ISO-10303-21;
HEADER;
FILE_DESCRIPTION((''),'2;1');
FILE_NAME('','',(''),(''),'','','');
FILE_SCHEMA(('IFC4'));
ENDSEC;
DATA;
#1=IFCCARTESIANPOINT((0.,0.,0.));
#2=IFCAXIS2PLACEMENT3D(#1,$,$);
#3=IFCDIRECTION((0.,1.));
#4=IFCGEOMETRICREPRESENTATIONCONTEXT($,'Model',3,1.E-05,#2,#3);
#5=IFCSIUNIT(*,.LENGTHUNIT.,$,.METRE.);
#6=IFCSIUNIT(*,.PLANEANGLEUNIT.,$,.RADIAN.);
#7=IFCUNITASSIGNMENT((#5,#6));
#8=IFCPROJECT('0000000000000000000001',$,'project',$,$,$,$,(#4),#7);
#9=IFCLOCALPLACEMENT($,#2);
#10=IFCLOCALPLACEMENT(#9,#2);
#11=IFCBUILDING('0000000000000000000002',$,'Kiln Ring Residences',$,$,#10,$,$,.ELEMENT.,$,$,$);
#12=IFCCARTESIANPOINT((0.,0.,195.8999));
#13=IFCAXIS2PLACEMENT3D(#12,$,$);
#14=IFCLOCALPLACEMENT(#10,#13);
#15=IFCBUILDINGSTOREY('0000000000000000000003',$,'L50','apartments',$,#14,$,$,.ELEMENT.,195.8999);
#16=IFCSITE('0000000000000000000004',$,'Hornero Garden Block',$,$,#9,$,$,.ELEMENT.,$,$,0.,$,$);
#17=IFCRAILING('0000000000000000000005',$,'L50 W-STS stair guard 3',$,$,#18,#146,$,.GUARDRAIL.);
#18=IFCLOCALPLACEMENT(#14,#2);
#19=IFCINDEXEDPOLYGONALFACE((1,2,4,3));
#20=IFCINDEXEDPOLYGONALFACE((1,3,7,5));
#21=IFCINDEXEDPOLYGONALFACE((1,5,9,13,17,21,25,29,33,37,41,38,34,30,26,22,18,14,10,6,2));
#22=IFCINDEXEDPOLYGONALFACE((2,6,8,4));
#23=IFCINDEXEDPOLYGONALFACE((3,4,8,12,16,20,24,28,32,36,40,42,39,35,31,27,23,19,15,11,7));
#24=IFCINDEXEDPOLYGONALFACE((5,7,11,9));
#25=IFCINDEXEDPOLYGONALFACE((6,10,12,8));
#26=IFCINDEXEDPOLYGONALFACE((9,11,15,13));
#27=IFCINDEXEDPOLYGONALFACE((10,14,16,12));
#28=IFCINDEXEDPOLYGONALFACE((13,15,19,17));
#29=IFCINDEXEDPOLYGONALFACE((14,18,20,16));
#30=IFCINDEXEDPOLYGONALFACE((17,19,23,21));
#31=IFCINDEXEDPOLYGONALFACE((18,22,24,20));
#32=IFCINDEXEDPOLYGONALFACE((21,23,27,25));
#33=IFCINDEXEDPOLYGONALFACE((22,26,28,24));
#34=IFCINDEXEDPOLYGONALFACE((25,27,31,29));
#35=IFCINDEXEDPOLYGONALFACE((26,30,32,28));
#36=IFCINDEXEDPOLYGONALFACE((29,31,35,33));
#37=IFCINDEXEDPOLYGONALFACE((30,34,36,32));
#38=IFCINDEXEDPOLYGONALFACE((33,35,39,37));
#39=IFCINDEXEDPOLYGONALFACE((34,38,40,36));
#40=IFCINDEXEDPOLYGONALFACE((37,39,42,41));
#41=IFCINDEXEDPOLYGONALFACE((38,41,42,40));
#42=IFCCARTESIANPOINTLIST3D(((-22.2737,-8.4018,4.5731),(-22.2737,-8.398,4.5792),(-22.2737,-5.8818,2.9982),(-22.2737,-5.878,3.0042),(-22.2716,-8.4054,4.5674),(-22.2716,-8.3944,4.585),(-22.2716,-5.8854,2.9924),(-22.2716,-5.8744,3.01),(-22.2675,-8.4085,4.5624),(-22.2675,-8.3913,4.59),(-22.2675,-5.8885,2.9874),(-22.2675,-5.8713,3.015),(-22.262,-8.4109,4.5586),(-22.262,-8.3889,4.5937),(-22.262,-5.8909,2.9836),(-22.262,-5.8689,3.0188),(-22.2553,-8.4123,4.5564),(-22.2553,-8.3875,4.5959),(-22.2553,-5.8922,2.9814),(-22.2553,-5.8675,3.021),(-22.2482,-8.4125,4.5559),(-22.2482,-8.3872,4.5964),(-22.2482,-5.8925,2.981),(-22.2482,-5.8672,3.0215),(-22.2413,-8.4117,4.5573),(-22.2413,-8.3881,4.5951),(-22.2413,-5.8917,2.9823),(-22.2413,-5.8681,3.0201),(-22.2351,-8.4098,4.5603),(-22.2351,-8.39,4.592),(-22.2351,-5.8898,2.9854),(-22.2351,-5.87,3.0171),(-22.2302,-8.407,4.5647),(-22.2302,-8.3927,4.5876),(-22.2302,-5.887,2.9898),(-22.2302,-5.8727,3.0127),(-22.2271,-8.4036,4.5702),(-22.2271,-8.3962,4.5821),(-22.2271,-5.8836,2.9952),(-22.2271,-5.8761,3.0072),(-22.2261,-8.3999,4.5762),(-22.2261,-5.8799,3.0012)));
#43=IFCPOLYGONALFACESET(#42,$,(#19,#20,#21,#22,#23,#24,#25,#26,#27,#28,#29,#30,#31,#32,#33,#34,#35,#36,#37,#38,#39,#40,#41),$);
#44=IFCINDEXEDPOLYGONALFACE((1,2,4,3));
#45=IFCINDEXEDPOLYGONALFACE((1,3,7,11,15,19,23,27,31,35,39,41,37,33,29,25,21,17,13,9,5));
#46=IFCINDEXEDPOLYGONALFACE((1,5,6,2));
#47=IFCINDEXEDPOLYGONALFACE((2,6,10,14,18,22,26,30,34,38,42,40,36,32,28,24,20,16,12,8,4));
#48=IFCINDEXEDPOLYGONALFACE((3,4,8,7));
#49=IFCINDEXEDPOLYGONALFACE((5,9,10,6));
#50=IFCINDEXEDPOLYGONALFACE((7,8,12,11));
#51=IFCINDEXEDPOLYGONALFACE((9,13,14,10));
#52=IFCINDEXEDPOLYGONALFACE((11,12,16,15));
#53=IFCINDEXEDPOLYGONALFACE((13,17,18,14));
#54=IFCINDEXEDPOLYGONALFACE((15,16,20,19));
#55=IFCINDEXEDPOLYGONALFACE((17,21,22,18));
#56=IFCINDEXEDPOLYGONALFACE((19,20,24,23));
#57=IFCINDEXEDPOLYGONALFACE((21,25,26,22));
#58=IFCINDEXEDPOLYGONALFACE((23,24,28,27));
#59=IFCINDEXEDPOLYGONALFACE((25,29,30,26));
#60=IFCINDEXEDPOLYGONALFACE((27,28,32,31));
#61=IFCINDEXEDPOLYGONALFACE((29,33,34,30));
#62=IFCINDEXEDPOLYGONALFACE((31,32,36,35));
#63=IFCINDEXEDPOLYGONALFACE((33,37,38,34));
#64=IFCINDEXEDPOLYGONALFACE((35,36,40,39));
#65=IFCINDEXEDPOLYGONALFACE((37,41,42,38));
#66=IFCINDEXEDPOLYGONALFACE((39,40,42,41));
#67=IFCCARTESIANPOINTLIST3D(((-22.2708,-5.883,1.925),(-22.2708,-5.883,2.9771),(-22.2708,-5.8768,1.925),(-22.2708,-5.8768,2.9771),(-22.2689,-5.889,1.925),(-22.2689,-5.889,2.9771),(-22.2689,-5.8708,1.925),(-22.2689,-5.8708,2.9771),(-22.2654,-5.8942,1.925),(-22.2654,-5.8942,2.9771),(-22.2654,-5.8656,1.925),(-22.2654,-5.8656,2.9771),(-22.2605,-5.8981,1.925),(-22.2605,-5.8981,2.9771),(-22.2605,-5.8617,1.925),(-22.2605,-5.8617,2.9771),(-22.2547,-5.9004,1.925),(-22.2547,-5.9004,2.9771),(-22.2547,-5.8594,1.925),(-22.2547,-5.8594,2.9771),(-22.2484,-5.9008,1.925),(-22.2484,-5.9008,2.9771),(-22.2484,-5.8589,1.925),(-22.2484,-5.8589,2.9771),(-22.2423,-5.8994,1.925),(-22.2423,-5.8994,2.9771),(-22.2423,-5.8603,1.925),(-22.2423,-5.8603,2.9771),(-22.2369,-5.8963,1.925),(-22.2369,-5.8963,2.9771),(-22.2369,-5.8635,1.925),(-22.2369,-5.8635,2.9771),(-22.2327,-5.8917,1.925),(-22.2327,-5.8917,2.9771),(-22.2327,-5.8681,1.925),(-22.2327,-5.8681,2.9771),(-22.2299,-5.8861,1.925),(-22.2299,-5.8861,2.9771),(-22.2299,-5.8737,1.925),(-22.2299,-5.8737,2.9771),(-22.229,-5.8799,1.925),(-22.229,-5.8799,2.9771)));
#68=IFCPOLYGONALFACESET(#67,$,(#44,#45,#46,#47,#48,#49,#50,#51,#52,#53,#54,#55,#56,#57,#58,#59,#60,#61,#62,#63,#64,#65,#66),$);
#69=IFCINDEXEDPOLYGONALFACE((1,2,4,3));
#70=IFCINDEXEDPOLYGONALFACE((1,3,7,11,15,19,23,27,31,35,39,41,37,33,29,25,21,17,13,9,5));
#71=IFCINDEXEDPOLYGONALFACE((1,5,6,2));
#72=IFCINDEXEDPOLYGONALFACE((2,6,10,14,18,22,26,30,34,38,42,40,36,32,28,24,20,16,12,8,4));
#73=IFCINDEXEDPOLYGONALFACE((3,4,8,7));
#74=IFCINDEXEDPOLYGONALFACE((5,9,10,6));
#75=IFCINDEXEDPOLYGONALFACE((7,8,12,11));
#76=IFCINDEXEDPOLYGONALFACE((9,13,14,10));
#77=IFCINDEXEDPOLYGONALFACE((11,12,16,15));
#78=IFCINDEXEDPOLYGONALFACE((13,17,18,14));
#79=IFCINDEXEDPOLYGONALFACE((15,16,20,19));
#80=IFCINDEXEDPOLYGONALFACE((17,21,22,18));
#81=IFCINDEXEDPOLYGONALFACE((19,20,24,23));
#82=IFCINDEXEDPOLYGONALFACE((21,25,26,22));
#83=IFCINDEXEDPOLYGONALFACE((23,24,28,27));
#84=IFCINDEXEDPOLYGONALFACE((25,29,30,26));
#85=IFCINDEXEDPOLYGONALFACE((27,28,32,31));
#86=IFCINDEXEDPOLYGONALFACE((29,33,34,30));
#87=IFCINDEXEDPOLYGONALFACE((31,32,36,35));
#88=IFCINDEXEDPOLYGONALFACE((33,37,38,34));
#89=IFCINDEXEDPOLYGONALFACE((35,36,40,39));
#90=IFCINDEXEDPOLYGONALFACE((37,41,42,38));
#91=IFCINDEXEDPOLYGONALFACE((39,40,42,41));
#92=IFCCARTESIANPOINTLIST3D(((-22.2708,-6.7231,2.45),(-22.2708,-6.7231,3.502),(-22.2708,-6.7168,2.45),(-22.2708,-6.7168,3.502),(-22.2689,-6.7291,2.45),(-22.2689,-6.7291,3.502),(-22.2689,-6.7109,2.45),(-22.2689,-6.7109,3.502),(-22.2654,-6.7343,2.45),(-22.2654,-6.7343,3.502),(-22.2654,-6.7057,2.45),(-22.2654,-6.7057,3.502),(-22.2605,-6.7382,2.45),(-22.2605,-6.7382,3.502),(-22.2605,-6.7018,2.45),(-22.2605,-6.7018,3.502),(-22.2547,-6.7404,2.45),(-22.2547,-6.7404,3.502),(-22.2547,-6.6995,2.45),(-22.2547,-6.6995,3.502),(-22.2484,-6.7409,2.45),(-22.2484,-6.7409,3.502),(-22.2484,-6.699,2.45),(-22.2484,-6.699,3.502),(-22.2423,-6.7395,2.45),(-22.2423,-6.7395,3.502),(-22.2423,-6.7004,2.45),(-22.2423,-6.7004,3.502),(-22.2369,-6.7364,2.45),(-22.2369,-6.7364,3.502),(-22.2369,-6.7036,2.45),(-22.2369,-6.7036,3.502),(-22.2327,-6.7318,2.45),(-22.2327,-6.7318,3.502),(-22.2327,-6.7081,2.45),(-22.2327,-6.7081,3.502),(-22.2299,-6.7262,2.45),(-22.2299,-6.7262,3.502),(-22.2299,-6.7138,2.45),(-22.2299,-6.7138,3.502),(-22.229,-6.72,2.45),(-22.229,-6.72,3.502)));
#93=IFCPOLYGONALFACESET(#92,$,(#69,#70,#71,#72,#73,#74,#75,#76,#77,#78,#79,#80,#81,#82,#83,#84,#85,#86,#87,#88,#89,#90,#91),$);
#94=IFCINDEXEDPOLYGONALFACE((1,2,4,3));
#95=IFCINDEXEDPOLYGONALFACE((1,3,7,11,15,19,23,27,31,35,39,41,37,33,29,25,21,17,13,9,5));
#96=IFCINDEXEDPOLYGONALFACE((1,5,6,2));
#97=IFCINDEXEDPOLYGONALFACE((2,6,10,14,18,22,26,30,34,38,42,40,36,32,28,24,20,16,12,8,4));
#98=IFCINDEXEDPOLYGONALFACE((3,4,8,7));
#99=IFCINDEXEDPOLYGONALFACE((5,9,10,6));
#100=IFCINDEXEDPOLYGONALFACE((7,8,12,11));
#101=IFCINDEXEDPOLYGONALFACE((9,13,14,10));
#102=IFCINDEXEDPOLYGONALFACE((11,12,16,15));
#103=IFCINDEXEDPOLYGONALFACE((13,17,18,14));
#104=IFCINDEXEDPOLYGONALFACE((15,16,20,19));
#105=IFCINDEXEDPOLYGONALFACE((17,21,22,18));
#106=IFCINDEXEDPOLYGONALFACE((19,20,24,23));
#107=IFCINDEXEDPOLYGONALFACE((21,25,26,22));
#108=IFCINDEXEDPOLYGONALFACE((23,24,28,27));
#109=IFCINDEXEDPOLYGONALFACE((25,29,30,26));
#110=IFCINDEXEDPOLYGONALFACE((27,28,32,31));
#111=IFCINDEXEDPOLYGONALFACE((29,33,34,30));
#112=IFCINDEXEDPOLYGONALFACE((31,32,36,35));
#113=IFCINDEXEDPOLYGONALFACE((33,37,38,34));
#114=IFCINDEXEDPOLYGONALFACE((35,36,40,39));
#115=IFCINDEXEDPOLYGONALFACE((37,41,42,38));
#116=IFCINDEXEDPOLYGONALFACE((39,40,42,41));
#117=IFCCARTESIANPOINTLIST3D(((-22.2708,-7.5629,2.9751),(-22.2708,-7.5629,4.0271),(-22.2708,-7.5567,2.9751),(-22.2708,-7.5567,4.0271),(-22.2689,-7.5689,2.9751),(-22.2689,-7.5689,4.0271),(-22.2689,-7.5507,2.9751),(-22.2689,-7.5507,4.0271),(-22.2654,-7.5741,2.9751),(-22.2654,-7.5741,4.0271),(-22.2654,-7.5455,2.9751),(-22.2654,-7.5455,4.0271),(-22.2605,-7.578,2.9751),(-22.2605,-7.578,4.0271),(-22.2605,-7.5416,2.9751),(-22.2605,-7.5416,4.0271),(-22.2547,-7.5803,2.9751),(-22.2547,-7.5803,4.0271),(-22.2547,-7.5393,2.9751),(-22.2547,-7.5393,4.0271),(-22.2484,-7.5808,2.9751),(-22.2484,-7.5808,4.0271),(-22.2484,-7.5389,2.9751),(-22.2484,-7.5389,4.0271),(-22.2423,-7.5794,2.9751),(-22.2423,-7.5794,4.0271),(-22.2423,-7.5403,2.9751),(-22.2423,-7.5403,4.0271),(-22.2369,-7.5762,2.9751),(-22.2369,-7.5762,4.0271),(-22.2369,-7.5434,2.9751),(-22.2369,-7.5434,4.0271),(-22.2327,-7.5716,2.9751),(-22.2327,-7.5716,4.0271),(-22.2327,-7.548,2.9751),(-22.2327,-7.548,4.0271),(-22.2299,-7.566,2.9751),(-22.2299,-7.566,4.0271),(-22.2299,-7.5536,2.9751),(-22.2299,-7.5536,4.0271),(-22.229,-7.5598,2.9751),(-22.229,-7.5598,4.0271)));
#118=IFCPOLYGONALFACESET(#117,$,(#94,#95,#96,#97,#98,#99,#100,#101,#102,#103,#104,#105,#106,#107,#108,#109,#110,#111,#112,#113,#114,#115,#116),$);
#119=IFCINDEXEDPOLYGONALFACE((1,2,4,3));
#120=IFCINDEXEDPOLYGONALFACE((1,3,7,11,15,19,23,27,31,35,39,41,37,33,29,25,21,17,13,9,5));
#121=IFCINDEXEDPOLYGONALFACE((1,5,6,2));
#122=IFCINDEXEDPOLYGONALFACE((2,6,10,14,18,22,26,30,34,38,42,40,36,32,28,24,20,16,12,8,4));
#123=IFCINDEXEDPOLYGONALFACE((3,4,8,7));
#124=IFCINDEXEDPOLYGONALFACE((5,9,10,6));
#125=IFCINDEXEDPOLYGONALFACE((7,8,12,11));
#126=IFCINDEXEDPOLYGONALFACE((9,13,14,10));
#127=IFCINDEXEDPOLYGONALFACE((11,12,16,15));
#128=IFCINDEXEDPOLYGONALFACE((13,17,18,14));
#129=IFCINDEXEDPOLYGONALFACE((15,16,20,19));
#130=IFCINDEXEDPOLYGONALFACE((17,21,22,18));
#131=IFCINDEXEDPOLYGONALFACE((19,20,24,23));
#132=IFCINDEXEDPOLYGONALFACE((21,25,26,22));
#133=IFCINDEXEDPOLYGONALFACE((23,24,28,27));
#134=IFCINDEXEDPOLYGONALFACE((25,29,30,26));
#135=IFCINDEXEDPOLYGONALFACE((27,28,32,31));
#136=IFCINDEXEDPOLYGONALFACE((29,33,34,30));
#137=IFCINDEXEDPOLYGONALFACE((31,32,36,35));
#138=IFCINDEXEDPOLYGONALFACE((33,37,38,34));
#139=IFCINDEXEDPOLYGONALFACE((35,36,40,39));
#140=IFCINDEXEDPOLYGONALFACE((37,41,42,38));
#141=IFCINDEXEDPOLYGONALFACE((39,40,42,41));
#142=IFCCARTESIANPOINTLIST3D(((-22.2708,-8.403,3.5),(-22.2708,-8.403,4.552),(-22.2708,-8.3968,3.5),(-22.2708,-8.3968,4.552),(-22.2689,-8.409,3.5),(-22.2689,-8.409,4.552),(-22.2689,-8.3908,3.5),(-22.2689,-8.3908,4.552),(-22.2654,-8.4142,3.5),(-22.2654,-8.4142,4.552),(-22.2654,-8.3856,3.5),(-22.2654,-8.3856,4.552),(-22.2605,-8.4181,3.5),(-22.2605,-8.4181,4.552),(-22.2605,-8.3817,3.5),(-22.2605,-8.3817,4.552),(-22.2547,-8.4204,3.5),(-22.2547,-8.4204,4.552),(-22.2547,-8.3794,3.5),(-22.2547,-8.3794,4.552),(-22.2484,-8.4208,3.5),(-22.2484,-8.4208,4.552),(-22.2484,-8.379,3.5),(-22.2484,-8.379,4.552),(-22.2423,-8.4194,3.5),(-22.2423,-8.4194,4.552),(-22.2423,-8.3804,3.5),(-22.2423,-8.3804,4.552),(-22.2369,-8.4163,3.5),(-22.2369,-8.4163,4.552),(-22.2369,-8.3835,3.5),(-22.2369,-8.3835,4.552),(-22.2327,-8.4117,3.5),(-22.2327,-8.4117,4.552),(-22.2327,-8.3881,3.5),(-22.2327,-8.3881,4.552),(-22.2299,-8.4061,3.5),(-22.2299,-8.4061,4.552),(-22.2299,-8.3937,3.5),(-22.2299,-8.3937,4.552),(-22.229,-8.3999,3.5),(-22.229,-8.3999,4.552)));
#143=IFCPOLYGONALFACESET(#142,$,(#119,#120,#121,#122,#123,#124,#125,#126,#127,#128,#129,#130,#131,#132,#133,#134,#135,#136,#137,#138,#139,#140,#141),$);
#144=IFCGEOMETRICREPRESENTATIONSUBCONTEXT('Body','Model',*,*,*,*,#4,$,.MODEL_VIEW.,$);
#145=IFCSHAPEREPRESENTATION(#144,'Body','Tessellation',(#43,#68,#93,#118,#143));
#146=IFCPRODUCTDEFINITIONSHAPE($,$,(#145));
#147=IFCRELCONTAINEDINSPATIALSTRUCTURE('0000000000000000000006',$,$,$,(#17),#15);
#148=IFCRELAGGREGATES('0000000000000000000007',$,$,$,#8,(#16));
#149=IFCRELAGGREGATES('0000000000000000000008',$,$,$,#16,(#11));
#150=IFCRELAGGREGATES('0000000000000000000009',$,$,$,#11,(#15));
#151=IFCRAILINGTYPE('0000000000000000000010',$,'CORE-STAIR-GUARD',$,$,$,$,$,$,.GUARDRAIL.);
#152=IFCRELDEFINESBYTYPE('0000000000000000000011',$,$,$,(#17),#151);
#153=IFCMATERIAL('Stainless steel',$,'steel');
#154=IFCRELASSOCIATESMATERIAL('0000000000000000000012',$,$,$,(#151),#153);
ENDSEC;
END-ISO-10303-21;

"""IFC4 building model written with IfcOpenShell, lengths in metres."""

from ifc_helpers import new_model, si_unit, direction, frame, origin, origin_2d, place, context, subcontext, project, spatial, circle, extrude, material, type_object, element, save


model = new_model("IFC4")

# Units and contexts
model_context = context("Model", 3, precision=1e-05, world=origin(), true_north=direction((0.0, 1.0)))
body_context = subcontext(model_context, "Body", "Model", "MODEL_VIEW")
ifc_project = project(units=[si_unit("LENGTHUNIT", "METRE"), si_unit("PLANEANGLEUNIT", "RADIAN")], contexts=[model_context])

# Site, building, storey
site_placement = place(None, origin())
site = spatial("IfcSite", under=ifc_project, at=site_placement, Name="Hornero Garden Block", CompositionType="ELEMENT", RefElevation=0.0)
building_placement = place(site_placement, origin())
building = spatial("IfcBuilding", under=site, at=building_placement, Name="Kiln Ring Residences", CompositionType="ELEMENT")
storey_placement = place(building_placement, frame((0.0, 0.0, 195.8999)))
storey = spatial("IfcBuildingStorey", under=building, at=storey_placement, Name="L50", Description="apartments", CompositionType="ELEMENT", Elevation=195.8999)

# Railing
ifc_material_1 = material(Name="Stainless steel", Category="steel")
railing_type_1 = type_object("IfcRailingType", Name="CORE-STAIR-GUARD", PredefinedType="GUARDRAIL", material=ifc_material_1)
railing_1_placement = place(storey_placement, frame((-22.25, -5.8799, 1.925)))
element("IfcRailing", 1, at=railing_1_placement, inside=storey, type_object=railing_type_1, Name="L50 W-STS stair guard 3", PredefinedType="GUARDRAIL", context=body_context, shape_type="SweptSolid", body=[
    extrude(circle(Radius=0.0239, at=origin_2d()), frame((0.0, 0.0, 1.0762), z_axis=(0.0, -0.848008, 0.529984), x_axis=(1.0, 0.0, 0.0)), (0.0, 0.0, 1.0), 2.9717),
    extrude(circle(Radius=0.021, at=origin_2d()), origin(), (0.0, 0.0, 1.0), 1.052),
    extrude(circle(Radius=0.021, at=origin_2d()), frame((0.0, -0.8401, 0.5249)), (0.0, 0.0, 1.0), 1.052),
    extrude(circle(Radius=0.021, at=origin_2d()), frame((0.0, -1.6799, 1.05)), (0.0, 0.0, 1.0), 1.052),
    extrude(circle(Radius=0.021, at=origin_2d()), frame((0.0, -2.52, 1.575)), (0.0, 0.0, 1.0), 1.052),
])

save(model, "model.ifc")
